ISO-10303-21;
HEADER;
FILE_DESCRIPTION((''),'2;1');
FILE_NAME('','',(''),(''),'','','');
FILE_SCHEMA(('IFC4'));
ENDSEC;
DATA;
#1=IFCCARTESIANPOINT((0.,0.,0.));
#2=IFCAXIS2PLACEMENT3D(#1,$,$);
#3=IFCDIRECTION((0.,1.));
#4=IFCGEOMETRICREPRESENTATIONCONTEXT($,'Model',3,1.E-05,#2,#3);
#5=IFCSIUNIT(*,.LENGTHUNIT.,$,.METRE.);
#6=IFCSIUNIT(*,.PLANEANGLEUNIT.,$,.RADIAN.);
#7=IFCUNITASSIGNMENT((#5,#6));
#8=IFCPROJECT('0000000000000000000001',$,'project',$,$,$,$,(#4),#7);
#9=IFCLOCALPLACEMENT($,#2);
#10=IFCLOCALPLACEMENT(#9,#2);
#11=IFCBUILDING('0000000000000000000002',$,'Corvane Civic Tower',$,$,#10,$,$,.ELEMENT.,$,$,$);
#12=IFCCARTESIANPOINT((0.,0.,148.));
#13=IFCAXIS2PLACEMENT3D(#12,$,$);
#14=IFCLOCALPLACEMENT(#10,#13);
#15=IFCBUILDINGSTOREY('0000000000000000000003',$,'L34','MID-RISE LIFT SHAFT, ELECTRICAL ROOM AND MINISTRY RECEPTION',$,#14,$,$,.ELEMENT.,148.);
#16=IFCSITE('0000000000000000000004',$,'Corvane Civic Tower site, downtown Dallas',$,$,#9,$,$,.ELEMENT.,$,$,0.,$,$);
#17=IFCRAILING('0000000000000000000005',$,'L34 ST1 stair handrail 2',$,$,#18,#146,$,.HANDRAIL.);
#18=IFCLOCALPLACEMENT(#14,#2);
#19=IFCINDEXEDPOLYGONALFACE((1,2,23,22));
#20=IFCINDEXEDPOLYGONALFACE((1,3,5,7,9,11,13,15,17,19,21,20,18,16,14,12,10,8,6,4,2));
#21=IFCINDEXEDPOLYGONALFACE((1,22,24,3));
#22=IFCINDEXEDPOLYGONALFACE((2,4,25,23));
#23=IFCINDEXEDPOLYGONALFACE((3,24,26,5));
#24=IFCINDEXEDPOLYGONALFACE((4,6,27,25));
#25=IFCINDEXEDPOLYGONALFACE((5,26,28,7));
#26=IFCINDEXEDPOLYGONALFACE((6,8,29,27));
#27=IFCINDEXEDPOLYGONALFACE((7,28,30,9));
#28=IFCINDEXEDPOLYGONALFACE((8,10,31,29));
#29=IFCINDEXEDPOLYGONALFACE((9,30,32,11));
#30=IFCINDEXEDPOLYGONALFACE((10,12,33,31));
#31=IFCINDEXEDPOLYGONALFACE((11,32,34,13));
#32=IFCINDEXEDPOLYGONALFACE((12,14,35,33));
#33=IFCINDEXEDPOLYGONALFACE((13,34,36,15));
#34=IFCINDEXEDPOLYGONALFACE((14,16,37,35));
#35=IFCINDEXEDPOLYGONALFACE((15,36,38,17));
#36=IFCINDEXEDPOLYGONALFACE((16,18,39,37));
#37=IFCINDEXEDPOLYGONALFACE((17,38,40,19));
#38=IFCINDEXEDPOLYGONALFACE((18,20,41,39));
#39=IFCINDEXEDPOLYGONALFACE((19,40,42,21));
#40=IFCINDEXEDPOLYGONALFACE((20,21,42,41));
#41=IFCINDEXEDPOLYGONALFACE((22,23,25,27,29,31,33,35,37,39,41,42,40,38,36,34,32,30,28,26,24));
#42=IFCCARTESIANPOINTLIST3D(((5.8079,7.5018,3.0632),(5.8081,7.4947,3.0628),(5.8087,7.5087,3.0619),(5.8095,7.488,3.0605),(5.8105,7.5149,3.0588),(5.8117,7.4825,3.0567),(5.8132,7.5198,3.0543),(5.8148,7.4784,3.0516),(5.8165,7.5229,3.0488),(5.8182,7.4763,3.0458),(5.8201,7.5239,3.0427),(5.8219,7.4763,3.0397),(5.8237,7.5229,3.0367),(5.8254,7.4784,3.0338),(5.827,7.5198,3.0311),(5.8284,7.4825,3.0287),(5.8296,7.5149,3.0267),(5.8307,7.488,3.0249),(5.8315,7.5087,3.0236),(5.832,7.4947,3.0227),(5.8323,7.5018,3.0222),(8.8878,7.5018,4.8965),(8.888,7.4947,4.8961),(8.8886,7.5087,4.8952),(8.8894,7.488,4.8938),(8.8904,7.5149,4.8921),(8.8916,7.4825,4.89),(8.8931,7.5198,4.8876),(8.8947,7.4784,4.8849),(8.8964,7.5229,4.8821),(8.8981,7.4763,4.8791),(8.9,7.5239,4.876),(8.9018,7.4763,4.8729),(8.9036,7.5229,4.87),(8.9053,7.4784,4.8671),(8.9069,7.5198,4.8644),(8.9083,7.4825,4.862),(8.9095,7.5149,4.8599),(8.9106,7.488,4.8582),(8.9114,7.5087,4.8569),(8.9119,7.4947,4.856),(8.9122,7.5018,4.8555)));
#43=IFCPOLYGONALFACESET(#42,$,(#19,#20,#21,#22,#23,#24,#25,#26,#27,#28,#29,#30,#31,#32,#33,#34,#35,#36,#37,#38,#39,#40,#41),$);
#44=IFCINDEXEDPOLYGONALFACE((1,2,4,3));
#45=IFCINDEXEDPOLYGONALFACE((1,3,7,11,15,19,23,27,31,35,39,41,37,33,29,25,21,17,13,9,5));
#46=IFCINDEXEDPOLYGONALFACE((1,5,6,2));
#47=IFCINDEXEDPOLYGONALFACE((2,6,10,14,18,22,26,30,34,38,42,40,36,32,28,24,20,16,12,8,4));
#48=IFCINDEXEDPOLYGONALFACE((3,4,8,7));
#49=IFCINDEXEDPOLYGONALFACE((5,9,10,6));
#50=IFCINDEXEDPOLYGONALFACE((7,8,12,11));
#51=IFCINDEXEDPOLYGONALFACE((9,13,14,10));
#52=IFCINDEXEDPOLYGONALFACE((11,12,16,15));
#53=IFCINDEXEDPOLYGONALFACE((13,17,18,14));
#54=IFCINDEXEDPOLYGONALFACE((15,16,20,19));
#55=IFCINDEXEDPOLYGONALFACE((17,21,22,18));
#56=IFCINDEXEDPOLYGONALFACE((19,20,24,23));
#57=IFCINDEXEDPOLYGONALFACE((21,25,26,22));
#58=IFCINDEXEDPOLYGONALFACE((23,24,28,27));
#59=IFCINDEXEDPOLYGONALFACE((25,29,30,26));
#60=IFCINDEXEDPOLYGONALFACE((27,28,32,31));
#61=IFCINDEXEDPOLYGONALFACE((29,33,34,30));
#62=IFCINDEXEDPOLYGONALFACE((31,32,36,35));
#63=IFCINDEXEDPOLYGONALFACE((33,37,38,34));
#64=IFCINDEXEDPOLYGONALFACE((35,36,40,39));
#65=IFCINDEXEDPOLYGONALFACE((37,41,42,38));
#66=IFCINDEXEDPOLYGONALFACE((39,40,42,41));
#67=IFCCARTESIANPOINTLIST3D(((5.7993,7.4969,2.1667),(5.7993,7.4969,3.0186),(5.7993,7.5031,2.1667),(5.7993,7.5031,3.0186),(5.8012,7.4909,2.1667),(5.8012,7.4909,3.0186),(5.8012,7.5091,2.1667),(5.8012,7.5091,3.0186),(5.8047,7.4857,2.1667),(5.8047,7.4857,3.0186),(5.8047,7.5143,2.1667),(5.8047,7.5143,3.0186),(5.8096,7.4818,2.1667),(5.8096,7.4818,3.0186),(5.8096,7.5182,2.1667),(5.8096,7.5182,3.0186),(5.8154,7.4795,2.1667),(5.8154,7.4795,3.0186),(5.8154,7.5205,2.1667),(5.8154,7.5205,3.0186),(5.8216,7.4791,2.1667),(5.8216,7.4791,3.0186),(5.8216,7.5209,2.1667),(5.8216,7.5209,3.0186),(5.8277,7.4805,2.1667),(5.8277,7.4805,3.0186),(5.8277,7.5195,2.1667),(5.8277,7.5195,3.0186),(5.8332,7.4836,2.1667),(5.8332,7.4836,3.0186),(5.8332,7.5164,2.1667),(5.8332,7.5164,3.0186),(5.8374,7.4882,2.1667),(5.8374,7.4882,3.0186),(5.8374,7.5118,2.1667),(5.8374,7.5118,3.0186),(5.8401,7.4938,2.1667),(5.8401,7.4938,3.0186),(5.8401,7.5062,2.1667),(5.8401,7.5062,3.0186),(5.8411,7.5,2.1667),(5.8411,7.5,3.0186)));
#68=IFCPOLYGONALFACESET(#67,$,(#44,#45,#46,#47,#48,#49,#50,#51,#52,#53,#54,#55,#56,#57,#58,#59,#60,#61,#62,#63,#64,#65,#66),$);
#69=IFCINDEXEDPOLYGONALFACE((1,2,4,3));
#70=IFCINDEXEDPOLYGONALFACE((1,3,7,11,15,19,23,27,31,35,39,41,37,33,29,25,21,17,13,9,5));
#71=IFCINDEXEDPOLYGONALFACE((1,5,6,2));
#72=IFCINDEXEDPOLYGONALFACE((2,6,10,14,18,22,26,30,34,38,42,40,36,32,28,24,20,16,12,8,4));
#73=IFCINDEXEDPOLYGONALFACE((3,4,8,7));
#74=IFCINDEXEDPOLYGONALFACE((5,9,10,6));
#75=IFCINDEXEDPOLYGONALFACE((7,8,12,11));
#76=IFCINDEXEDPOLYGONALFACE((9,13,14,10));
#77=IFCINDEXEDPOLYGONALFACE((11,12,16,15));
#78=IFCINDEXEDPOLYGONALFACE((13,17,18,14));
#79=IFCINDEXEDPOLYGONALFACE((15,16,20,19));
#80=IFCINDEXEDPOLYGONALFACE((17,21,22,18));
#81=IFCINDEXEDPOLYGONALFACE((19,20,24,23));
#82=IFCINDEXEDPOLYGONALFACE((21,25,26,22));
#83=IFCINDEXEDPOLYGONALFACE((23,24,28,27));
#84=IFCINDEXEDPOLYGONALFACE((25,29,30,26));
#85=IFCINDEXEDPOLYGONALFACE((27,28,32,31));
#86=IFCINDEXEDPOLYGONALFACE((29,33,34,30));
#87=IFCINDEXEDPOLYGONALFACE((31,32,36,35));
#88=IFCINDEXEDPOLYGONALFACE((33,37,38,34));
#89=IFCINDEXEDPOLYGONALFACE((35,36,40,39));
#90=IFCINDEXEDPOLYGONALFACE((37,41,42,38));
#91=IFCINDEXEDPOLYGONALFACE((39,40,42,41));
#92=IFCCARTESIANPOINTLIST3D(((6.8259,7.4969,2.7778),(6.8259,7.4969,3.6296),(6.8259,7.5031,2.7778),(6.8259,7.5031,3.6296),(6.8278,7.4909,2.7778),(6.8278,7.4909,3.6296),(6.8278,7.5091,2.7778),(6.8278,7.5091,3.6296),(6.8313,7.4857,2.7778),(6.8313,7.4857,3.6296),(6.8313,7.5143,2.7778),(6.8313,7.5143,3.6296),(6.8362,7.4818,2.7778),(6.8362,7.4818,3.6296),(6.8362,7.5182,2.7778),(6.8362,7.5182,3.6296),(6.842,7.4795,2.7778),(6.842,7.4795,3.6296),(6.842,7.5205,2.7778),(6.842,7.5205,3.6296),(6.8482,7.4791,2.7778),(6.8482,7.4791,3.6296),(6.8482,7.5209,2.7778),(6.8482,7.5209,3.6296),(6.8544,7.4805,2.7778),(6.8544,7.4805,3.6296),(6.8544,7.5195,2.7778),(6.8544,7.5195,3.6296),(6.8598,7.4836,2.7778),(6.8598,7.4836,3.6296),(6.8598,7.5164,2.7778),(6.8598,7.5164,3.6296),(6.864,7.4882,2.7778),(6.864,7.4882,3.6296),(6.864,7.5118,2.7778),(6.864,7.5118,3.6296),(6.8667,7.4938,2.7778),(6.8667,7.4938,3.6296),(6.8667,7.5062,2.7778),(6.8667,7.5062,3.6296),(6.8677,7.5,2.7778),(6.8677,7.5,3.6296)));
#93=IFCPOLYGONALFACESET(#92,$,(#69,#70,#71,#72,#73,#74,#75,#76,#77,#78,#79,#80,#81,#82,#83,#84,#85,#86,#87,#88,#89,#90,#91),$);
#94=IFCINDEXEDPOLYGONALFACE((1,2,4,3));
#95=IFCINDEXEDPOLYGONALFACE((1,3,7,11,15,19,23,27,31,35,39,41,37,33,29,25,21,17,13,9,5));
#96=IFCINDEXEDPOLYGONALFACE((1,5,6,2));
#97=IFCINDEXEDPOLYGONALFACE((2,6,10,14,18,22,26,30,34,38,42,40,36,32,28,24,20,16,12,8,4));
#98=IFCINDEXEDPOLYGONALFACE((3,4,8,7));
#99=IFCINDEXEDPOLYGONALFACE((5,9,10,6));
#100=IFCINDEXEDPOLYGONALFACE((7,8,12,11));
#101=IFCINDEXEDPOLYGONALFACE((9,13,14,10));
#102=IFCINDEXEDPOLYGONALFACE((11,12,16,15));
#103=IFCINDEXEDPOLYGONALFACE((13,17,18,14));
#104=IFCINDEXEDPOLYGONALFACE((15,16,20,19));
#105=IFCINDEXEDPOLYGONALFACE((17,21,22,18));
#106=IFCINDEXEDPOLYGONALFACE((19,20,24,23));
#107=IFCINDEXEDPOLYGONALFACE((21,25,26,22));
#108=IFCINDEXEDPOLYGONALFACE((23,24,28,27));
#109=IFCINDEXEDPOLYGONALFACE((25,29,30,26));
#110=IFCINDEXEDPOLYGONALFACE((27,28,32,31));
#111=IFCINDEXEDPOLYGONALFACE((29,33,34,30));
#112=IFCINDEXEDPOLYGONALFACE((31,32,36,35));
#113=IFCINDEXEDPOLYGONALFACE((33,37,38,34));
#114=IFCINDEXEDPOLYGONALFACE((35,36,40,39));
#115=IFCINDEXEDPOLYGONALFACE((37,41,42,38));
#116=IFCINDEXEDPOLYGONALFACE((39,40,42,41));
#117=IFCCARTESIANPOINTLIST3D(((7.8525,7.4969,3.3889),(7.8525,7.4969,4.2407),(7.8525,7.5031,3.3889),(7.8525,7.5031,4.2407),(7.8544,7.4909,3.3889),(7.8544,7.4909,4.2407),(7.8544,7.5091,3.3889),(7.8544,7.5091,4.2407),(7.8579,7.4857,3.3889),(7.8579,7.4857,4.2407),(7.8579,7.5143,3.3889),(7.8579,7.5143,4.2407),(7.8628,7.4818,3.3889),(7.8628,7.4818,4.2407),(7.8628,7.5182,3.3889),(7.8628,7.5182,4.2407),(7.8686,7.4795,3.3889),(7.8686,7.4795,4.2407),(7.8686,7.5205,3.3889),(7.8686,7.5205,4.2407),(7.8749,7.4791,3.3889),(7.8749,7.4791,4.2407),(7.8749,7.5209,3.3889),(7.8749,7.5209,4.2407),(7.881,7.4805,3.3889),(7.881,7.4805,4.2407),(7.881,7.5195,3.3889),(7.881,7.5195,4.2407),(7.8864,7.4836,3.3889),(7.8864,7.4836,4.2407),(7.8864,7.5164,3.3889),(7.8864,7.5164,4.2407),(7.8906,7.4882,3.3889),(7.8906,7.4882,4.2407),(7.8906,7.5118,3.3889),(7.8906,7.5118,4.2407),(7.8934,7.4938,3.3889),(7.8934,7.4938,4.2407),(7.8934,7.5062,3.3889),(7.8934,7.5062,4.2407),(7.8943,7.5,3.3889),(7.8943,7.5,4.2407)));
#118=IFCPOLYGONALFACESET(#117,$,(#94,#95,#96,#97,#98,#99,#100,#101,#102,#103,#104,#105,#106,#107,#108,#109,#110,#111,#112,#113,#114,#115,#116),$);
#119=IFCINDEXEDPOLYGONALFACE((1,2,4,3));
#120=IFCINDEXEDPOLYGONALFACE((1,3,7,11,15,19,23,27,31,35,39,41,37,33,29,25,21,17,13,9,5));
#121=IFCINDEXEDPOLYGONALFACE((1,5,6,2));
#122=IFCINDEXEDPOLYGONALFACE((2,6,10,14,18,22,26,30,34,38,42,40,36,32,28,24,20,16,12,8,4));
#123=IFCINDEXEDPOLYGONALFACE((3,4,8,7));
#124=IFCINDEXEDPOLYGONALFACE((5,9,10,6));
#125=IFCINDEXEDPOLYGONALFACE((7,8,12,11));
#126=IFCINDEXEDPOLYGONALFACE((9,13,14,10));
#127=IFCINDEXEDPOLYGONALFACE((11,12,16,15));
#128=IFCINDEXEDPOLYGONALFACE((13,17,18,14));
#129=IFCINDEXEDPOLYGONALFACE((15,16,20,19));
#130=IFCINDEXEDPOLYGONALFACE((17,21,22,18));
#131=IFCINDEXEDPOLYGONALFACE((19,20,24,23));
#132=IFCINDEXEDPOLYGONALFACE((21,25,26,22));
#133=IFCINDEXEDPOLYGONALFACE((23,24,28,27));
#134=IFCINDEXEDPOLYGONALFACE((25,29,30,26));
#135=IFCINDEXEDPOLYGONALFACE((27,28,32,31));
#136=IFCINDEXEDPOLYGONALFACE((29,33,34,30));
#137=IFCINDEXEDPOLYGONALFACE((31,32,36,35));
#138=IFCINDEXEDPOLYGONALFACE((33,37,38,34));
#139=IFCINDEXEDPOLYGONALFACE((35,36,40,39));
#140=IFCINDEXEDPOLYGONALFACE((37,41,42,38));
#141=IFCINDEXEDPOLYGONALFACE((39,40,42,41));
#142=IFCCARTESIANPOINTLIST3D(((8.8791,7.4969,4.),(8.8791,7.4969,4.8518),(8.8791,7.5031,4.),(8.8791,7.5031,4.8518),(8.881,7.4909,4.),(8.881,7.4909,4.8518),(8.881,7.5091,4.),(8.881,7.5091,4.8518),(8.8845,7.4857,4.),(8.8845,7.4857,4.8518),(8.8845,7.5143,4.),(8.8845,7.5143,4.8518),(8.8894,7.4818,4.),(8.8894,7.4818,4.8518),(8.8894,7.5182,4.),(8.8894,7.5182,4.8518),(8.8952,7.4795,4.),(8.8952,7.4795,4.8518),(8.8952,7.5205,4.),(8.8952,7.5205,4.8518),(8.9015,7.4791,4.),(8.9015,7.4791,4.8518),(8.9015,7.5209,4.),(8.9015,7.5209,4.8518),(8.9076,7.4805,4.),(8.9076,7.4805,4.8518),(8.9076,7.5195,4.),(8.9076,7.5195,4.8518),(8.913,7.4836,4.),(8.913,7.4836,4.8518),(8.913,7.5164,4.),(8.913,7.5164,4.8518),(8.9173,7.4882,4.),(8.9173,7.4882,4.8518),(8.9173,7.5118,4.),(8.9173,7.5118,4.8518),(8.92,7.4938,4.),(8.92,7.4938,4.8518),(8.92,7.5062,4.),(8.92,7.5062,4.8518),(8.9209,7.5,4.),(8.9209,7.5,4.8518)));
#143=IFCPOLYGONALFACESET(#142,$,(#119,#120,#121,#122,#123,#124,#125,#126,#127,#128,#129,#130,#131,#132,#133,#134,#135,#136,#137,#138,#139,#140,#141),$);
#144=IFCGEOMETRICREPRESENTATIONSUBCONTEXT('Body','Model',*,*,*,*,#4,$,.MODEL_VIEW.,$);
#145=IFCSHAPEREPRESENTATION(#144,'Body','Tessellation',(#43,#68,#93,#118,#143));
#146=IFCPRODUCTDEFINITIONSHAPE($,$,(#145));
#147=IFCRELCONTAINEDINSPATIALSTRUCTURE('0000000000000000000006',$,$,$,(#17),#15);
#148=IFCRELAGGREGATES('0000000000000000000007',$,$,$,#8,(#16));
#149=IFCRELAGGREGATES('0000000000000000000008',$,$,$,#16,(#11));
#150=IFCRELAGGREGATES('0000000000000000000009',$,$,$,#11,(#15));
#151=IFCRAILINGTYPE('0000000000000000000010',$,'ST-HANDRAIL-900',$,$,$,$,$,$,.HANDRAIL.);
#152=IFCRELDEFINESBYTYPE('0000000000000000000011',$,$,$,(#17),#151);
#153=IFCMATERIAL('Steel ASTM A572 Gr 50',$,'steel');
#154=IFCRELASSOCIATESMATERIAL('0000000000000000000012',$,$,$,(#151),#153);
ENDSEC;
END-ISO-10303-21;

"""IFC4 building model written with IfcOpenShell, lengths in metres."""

from ifc_helpers import new_model, si_unit, direction, frame, origin, origin_2d, place, context, subcontext, project, spatial, circle, extrude, material, type_object, element, save


model = new_model("IFC4")

# Units and contexts
model_context = context("Model", 3, precision=1e-05, world=origin(), true_north=direction((0.0, 1.0)))
body_context = subcontext(model_context, "Body", "Model", "MODEL_VIEW")
ifc_project = project(units=[si_unit("LENGTHUNIT", "METRE"), si_unit("PLANEANGLEUNIT", "RADIAN")], contexts=[model_context])

# Site, building, storey
site_placement = place(None, origin())
site = spatial("IfcSite", under=ifc_project, at=site_placement, Name="Corvane Civic Tower site, downtown Dallas", CompositionType="ELEMENT", RefElevation=0.0)
building_placement = place(site_placement, origin())
building = spatial("IfcBuilding", under=site, at=building_placement, Name="Corvane Civic Tower", CompositionType="ELEMENT")
storey_placement = place(building_placement, frame((0.0, 0.0, 148.0)))
storey = spatial("IfcBuildingStorey", under=building, at=storey_placement, Name="L34", Description="MID-RISE LIFT SHAFT, ELECTRICAL ROOM AND MINISTRY RECEPTION", CompositionType="ELEMENT", Elevation=148.0)

# Railing
ifc_material_1 = material(Name="Steel ASTM A572 Gr 50", Category="steel")
railing_type = type_object("IfcRailingType", Name="ST-HANDRAIL-900", PredefinedType="HANDRAIL", material=ifc_material_1)
railing_placement = place(storey_placement, frame((5.8201, 7.5, 2.1667)))
element("IfcRailing", 1, at=railing_placement, inside=storey, type_object=railing_type, Name="L34 ST1 stair handrail 2", PredefinedType="HANDRAIL", context=body_context, shape_type="SweptSolid", body=[
    extrude(circle(Radius=0.0239, at=origin_2d()), frame((0.0, 0.0, 0.876), z_axis=(0.859291, 0.0, 0.511487), x_axis=(0.0, 1.0, 0.0)), (0.0, 0.0, 1.0), 3.5842),
    extrude(circle(Radius=0.021, at=origin_2d()), origin(), (0.0, 0.0, 1.0), 0.8518),
    extrude(circle(Radius=0.021, at=origin_2d()), frame((1.0266, 0.0, 0.6111)), (0.0, 0.0, 1.0), 0.8518),
    extrude(circle(Radius=0.021, at=origin_2d()), frame((2.0532, 0.0, 1.2222)), (0.0, 0.0, 1.0), 0.8518),
    extrude(circle(Radius=0.021, at=origin_2d()), frame((3.0798, 0.0, 1.8333)), (0.0, 0.0, 1.0), 0.8518),
])

save(model, "model.ifc")
